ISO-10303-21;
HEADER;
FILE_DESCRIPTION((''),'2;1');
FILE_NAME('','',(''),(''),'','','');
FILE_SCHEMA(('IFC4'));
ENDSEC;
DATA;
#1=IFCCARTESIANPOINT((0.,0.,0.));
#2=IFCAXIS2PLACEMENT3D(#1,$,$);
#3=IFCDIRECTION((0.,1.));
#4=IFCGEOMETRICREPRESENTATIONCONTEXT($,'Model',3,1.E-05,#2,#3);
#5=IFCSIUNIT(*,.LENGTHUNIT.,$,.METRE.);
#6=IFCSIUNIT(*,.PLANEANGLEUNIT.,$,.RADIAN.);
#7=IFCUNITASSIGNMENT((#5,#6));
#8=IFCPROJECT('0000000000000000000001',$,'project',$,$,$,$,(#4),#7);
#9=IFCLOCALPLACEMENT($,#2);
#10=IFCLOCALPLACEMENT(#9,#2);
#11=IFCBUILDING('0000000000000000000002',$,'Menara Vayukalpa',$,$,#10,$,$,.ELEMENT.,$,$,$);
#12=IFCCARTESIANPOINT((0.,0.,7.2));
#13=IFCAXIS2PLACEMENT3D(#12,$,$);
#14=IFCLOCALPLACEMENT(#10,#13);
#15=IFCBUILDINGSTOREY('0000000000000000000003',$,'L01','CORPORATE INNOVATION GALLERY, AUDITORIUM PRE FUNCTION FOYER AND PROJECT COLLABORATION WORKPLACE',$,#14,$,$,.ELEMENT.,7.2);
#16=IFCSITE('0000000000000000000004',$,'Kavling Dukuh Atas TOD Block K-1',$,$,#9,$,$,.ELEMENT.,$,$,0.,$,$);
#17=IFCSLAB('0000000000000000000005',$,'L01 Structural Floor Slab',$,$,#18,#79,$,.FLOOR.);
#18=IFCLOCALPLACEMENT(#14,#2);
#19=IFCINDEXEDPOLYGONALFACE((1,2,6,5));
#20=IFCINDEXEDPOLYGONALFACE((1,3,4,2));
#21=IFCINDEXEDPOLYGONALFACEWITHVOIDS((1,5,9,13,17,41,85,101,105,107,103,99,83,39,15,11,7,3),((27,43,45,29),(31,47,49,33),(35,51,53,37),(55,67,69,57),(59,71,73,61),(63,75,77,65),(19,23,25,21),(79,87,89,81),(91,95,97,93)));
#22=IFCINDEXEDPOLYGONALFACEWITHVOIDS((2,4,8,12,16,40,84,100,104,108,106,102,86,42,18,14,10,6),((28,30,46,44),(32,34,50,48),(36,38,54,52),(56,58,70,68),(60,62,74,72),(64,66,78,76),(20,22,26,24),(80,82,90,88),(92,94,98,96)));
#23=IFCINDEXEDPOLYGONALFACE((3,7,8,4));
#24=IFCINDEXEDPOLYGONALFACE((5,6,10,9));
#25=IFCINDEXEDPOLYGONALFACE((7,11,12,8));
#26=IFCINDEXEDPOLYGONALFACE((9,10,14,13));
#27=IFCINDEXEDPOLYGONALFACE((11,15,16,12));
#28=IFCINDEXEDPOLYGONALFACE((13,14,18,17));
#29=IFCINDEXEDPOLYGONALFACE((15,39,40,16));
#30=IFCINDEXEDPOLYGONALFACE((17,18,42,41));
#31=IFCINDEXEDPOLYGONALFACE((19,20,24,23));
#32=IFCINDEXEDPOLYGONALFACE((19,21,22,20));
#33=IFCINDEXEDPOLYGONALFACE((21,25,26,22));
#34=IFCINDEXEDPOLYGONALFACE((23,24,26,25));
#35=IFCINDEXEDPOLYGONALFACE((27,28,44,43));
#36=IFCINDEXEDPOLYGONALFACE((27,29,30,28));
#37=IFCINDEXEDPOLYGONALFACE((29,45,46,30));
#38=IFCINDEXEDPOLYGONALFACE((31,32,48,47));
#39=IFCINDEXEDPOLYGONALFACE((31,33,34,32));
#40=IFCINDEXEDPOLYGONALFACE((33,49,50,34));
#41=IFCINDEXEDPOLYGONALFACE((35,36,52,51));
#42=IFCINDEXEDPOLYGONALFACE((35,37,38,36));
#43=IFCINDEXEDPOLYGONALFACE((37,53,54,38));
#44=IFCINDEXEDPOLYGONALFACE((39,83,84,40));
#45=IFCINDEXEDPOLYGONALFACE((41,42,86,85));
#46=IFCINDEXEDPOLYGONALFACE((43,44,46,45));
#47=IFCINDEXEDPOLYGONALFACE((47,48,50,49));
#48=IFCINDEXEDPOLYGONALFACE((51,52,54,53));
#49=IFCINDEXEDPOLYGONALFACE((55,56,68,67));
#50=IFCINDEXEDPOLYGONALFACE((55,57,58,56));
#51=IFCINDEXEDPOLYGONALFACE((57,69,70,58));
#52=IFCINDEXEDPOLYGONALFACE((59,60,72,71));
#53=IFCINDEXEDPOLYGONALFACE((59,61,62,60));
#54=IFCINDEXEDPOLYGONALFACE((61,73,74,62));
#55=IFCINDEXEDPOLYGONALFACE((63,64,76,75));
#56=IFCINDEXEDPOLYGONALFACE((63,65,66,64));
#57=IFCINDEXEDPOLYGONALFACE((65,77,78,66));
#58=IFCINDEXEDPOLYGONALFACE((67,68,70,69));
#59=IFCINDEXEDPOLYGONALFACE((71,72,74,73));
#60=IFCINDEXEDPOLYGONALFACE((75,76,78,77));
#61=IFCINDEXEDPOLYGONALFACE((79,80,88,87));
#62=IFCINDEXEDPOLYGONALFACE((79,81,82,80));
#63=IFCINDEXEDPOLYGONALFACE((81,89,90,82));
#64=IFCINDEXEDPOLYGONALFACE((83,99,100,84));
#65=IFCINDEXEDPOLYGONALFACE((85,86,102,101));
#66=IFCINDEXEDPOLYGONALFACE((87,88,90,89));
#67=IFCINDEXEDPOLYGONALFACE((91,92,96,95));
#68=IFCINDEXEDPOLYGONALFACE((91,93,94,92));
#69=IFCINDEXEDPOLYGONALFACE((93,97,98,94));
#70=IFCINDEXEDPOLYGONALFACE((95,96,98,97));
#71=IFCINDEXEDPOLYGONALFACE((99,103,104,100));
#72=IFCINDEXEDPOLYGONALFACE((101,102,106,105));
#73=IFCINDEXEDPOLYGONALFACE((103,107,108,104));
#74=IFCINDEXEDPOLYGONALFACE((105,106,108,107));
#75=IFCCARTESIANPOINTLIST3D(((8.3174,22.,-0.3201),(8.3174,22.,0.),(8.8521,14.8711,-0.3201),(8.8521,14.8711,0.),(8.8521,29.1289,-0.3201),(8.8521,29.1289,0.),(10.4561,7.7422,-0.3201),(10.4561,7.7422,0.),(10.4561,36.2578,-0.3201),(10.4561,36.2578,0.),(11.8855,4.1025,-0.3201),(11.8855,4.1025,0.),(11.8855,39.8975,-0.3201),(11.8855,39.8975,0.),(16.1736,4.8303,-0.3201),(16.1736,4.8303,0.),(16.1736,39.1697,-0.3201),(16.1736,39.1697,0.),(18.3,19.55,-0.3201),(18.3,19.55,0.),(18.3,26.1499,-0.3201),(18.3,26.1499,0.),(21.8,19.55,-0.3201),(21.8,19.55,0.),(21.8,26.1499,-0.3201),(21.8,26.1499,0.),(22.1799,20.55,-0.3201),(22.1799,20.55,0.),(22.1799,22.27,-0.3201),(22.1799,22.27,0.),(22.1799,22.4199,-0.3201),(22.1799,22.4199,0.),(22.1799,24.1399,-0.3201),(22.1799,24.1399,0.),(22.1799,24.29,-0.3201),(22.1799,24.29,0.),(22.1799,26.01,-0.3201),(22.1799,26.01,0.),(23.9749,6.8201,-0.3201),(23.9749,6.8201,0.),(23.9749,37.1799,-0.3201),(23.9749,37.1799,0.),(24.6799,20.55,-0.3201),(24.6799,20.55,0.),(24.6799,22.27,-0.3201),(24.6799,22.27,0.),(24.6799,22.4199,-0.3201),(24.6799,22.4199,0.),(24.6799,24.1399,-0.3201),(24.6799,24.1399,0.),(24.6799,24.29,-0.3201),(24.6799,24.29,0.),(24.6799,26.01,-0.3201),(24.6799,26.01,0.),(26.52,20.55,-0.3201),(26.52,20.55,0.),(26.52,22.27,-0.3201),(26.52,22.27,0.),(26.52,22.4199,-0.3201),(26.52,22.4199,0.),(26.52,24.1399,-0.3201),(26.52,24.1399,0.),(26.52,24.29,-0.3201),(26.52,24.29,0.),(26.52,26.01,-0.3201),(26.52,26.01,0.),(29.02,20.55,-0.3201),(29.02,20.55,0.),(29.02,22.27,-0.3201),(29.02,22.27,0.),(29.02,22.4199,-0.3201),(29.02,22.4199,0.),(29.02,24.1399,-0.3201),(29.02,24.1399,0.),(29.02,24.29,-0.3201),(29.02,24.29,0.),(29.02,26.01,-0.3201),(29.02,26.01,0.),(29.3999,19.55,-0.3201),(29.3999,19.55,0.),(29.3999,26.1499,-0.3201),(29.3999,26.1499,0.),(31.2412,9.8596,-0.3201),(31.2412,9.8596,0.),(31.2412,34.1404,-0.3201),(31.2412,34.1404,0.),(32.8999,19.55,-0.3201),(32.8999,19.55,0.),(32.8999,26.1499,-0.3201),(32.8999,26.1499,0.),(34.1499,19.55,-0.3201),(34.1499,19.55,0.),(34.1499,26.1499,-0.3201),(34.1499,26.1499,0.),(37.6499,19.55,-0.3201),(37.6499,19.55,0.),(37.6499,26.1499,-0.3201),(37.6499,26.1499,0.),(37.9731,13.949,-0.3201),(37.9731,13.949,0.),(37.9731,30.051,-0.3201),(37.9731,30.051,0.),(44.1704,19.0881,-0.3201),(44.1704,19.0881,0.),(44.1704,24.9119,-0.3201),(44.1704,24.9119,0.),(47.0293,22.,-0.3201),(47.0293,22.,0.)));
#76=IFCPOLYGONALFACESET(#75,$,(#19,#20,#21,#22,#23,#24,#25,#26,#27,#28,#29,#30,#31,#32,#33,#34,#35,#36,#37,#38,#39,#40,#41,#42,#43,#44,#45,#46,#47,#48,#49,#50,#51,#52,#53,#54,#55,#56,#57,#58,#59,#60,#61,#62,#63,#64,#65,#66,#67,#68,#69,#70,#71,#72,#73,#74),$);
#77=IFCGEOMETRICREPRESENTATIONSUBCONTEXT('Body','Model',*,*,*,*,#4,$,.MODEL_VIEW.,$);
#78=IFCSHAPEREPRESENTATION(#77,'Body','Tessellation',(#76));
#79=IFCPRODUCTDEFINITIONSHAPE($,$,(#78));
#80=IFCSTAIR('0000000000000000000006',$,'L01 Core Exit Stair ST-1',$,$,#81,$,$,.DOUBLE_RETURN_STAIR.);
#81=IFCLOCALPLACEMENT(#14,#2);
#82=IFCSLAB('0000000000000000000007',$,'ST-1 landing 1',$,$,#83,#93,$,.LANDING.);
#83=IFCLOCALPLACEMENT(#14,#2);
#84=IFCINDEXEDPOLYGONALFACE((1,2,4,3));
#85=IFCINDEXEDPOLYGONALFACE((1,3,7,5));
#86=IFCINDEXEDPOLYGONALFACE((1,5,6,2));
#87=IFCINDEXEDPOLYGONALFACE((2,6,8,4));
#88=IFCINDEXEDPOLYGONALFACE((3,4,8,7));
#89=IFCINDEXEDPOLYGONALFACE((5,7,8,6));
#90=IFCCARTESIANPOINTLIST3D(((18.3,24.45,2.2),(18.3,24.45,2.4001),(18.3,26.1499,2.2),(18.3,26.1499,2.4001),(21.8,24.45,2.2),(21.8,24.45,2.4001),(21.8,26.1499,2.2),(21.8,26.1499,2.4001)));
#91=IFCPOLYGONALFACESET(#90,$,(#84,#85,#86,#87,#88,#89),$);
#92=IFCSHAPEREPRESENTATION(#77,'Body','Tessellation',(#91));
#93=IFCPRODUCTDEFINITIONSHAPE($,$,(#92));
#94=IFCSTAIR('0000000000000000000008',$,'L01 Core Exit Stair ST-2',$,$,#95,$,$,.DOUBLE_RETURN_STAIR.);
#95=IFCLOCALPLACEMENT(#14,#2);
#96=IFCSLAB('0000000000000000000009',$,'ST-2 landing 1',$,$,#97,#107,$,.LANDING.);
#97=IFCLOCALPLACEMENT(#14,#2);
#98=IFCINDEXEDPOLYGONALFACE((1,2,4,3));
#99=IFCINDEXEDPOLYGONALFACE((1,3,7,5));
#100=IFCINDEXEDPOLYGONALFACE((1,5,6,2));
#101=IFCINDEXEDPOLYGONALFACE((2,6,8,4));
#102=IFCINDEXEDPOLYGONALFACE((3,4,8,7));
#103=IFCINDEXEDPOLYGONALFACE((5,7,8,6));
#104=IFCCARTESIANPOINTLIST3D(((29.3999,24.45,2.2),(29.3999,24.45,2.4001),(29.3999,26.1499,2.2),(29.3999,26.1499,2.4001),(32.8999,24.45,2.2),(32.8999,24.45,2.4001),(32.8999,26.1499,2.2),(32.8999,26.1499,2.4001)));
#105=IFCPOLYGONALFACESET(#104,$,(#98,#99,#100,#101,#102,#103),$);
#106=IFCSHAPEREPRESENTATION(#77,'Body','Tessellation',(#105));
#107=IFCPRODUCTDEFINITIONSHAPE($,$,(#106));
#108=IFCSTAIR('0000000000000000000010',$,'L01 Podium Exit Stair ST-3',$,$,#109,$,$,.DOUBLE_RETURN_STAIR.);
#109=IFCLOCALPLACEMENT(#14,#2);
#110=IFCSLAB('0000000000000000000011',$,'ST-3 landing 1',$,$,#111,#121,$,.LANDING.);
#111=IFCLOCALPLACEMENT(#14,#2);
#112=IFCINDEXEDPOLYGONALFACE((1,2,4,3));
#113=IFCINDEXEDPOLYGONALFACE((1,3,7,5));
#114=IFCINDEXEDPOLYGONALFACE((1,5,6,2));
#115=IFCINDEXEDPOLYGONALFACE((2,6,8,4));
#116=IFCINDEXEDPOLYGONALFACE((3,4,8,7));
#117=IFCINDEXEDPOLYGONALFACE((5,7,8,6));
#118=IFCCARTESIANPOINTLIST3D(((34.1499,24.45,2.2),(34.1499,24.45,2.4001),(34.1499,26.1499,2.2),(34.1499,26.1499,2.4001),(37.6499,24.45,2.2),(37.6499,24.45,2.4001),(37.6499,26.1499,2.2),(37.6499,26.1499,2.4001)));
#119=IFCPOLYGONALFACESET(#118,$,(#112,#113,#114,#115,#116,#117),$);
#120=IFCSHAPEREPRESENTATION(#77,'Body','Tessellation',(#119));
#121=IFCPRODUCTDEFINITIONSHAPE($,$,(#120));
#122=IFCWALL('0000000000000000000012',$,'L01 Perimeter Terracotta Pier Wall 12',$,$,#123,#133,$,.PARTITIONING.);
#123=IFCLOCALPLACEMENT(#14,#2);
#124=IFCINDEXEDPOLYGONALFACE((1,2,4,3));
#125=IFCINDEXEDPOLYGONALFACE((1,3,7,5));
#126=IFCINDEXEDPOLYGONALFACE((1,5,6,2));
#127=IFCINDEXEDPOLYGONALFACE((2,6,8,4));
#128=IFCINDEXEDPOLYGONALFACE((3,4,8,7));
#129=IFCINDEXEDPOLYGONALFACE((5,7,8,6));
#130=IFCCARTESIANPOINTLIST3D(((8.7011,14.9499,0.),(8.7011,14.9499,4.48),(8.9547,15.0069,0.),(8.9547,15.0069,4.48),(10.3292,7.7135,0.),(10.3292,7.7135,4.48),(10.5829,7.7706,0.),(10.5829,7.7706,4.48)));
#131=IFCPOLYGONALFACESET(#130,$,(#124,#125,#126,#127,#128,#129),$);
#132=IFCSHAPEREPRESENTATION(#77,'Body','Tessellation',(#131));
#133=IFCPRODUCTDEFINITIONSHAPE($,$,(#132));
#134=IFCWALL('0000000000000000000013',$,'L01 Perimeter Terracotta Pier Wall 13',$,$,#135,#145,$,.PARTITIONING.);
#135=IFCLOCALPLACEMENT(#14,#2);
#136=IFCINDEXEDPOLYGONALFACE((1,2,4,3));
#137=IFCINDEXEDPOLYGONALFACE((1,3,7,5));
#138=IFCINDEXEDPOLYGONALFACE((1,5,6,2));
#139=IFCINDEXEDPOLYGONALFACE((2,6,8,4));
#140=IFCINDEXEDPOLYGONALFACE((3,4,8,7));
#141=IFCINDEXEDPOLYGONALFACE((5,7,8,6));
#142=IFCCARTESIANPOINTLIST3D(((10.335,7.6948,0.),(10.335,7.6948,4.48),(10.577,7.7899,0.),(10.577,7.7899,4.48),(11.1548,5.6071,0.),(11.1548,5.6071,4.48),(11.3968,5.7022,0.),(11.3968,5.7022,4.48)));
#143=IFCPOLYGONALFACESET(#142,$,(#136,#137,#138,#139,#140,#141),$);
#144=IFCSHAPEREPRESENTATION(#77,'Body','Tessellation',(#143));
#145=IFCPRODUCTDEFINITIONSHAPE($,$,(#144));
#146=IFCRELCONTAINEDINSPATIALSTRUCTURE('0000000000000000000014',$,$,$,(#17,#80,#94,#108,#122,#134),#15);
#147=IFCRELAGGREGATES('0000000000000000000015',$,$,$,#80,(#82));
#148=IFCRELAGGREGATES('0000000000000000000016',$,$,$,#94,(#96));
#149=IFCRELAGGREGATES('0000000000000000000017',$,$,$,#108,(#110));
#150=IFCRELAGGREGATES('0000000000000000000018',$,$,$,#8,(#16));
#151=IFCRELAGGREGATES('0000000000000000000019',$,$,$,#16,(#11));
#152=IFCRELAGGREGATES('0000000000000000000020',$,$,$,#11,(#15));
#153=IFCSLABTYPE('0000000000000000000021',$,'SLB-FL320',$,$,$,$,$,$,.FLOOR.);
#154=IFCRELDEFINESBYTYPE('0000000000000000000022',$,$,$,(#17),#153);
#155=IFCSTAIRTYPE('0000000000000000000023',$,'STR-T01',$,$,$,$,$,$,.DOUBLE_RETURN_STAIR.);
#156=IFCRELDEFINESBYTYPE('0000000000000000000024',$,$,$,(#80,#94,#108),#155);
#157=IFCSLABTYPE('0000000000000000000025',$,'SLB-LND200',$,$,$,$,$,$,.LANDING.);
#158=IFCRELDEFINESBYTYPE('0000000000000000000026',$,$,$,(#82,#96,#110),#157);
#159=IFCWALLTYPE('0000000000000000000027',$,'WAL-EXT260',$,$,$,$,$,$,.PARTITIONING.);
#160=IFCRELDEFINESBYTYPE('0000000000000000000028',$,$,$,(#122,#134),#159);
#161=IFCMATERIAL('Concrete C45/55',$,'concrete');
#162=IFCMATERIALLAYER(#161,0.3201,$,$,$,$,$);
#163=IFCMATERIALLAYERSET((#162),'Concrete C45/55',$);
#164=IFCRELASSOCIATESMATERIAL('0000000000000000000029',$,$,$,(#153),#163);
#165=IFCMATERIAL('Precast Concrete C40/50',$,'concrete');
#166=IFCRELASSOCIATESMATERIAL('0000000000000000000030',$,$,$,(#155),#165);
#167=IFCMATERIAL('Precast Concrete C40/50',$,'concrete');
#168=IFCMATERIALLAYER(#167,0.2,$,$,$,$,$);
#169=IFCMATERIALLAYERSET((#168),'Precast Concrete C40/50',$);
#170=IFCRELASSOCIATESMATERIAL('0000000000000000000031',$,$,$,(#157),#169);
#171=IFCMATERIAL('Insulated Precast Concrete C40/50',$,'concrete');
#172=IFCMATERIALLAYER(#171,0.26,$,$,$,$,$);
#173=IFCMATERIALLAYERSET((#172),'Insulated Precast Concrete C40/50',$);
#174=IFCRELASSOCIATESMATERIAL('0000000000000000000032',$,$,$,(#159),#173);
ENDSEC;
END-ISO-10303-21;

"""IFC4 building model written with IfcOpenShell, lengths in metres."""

from ifc_helpers import new_model, si_unit, direction, frame, frame_2d, origin, place, context, subcontext, project, spatial, polyline, rectangle, outline, extrude, material, layer, layer_set, type_object, element, aggregate, save


model = new_model("IFC4")

# Units and contexts
model_context = context("Model", 3, precision=1e-05, world=origin(), true_north=direction((0.0, 1.0)))
body_context = subcontext(model_context, "Body", "Model", "MODEL_VIEW")
ifc_project = project(units=[si_unit("LENGTHUNIT", "METRE"), si_unit("PLANEANGLEUNIT", "RADIAN")], contexts=[model_context])

# Site, building, storey
site_placement = place(None, origin())
site = spatial("IfcSite", under=ifc_project, at=site_placement, Name="Kavling Dukuh Atas TOD Block K-1", CompositionType="ELEMENT", RefElevation=0.0)
building_placement = place(site_placement, origin())
building = spatial("IfcBuilding", under=site, at=building_placement, Name="Menara Vayukalpa", CompositionType="ELEMENT")
storey_placement = place(building_placement, frame((0.0, 0.0, 7.2)))
storey = spatial("IfcBuildingStorey", under=building, at=storey_placement, Name="L01", Description="CORPORATE INNOVATION GALLERY, AUDITORIUM PRE FUNCTION FOYER AND PROJECT COLLABORATION WORKPLACE", CompositionType="ELEMENT", Elevation=7.2)

# Slab
ifc_material_1 = material(Name="Concrete C45/55", Category="concrete")
ifc_layer_1 = layer(ifc_material_1, 0.3201)
ifc_layer_set_1 = layer_set([ifc_layer_1], Name="Concrete C45/55")
slab_type_1 = type_object("IfcSlabType", Name="SLB-FL320", PredefinedType="FLOOR", material=ifc_layer_set_1)
slab_1_placement = place(storey_placement, frame((0.0, 0.0, -0.3201)))
element("IfcSlab", 1, at=slab_1_placement, inside=storey, type_object=slab_type_1, Name="L01 Structural Floor Slab", PredefinedType="FLOOR", context=body_context, shape_type="SweptSolid", body=[
    extrude(outline(polyline([(44.1704, 19.0881), (47.0293, 22.0), (44.1704, 24.9119), (37.9731, 30.051), (31.2412, 34.1404), (23.9749, 37.1799), (16.1736, 39.1697), (11.8855, 39.8975), (10.4561, 36.2578), (8.8521, 29.1289), (8.3174, 22.0), (8.8521, 14.8711), (10.4561, 7.7422), (11.8855, 4.1025), (16.1736, 4.8303), (23.9749, 6.8201), (31.2412, 9.8596), (37.9731, 13.949), (44.1704, 19.0881)]), holes=[polyline([(21.8, 19.55), (21.8, 26.1499), (18.3, 26.1499), (18.3, 19.55), (21.8, 19.55)]), polyline([(32.8999, 19.55), (32.8999, 26.1499), (29.3999, 26.1499), (29.3999, 19.55), (32.8999, 19.55)]), polyline([(37.6499, 19.55), (37.6499, 26.1499), (34.1499, 26.1499), (34.1499, 19.55), (37.6499, 19.55)]), polyline([(22.1799, 20.55), (24.6799, 20.55), (24.6799, 22.27), (22.1799, 22.27), (22.1799, 20.55)]), polyline([(26.52, 20.55), (29.02, 20.55), (29.02, 22.27), (26.52, 22.27), (26.52, 20.55)]), polyline([(22.1799, 22.4199), (24.6799, 22.4199), (24.6799, 24.1399), (22.1799, 24.1399), (22.1799, 22.4199)]), polyline([(22.1799, 24.29), (24.6799, 24.29), (24.6799, 26.01), (22.1799, 26.01), (22.1799, 24.29)]), polyline([(26.52, 24.29), (29.02, 24.29), (29.02, 26.01), (26.52, 26.01), (26.52, 24.29)]), polyline([(26.52, 22.4199), (29.02, 22.4199), (29.02, 24.1399), (26.52, 24.1399), (26.52, 22.4199)])]), origin(), (0.0, 0.0, 1.0), 0.3201),
])

# Stairs, slabs
ifc_material_2 = material(Name="Precast Concrete C40/50", Category="concrete")
stair_type = type_object("IfcStairType", Name="STR-T01", PredefinedType="DOUBLE_RETURN_STAIR", material=ifc_material_2)
stair_1_placement = place(storey_placement, origin())
stair_1 = element("IfcStair", 2, at=stair_1_placement, inside=storey, type_object=stair_type, Name="L01 Core Exit Stair ST-1", PredefinedType="DOUBLE_RETURN_STAIR")
ifc_material_3 = material(Name="Precast Concrete C40/50", Category="concrete")
ifc_layer_2 = layer(ifc_material_3, 0.2)
ifc_layer_set_2 = layer_set([ifc_layer_2], Name="Precast Concrete C40/50")
slab_type_2 = type_object("IfcSlabType", Name="SLB-LND200", PredefinedType="LANDING", material=ifc_layer_set_2)
slab_2_placement = place(storey_placement, frame((0.0, 0.0, 2.2)))
slab_2 = element("IfcSlab", 3, at=slab_2_placement, type_object=slab_type_2, Name="ST-1 landing 1", PredefinedType="LANDING", context=body_context, shape_type="SweptSolid", body=[
    extrude(outline(polyline([(21.8, 24.45), (21.8, 26.1499), (18.3, 26.1499), (18.3, 24.45), (21.8, 24.45)])), origin(), (0.0, 0.0, 1.0), 0.2002),
])
aggregate(stair_1, [slab_2])
stair_2_placement = place(storey_placement, origin())
stair_2 = element("IfcStair", 4, at=stair_2_placement, inside=storey, type_object=stair_type, Name="L01 Core Exit Stair ST-2", PredefinedType="DOUBLE_RETURN_STAIR")
slab_3_placement = place(storey_placement, frame((0.0, 0.0, 2.2)))
slab_3 = element("IfcSlab", 5, at=slab_3_placement, type_object=slab_type_2, Name="ST-2 landing 1", PredefinedType="LANDING", context=body_context, shape_type="SweptSolid", body=[
    extrude(outline(polyline([(32.8999, 24.45), (32.8999, 26.1499), (29.3999, 26.1499), (29.3999, 24.45), (32.8999, 24.45)])), origin(), (0.0, 0.0, 1.0), 0.2002),
])
aggregate(stair_2, [slab_3])
stair_3_placement = place(storey_placement, origin())
stair_3 = element("IfcStair", 6, at=stair_3_placement, inside=storey, type_object=stair_type, Name="L01 Podium Exit Stair ST-3", PredefinedType="DOUBLE_RETURN_STAIR")
slab_4_placement = place(storey_placement, frame((0.0, 0.0, 2.2)))
slab_4 = element("IfcSlab", 7, at=slab_4_placement, type_object=slab_type_2, Name="ST-3 landing 1", PredefinedType="LANDING", context=body_context, shape_type="SweptSolid", body=[
    extrude(outline(polyline([(37.6499, 24.45), (37.6499, 26.1499), (34.1499, 26.1499), (34.1499, 24.45), (37.6499, 24.45)])), origin(), (0.0, 0.0, 1.0), 0.2002),
])
aggregate(stair_3, [slab_4])

# Walls
ifc_material_4 = material(Name="Insulated Precast Concrete C40/50", Category="concrete")
ifc_layer_3 = layer(ifc_material_4, 0.26)
ifc_layer_set_3 = layer_set([ifc_layer_3], Name="Insulated Precast Concrete C40/50")
wall_type = type_object("IfcWallType", Name="WAL-EXT260", PredefinedType="PARTITIONING", material=ifc_layer_set_3)
wall_1_placement = place(storey_placement, frame((10.4561, 7.7422, 0.0), z_axis=(0.0, 0.0, 1.0), x_axis=(-0.219512, 0.97561, 0.0)))
element("IfcWall", 8, at=wall_1_placement, inside=storey, type_object=wall_type, Name="L01 Perimeter Terracotta Pier Wall 12", PredefinedType="PARTITIONING", context=body_context, shape_type="SweptSolid", body=[
    extrude(rectangle(XDim=7.4172, YDim=0.26, at=frame_2d((3.7085, 0.0))), origin(), (0.0, 0.0, 1.0), 4.48),
])
wall_2_placement = place(storey_placement, frame((11.2759, 5.6545, 0.0), z_axis=(0.0, 0.0, 1.0), x_axis=(-0.365528, 0.9308, 0.0)))
element("IfcWall", 9, at=wall_2_placement, inside=storey, type_object=wall_type, Name="L01 Perimeter Terracotta Pier Wall 13", PredefinedType="PARTITIONING", context=body_context, shape_type="SweptSolid", body=[
    extrude(rectangle(XDim=2.2429, YDim=0.26, at=frame_2d((1.1216, 0.0))), origin(), (0.0, 0.0, 1.0), 4.48),
])

save(model, "model.ifc")
